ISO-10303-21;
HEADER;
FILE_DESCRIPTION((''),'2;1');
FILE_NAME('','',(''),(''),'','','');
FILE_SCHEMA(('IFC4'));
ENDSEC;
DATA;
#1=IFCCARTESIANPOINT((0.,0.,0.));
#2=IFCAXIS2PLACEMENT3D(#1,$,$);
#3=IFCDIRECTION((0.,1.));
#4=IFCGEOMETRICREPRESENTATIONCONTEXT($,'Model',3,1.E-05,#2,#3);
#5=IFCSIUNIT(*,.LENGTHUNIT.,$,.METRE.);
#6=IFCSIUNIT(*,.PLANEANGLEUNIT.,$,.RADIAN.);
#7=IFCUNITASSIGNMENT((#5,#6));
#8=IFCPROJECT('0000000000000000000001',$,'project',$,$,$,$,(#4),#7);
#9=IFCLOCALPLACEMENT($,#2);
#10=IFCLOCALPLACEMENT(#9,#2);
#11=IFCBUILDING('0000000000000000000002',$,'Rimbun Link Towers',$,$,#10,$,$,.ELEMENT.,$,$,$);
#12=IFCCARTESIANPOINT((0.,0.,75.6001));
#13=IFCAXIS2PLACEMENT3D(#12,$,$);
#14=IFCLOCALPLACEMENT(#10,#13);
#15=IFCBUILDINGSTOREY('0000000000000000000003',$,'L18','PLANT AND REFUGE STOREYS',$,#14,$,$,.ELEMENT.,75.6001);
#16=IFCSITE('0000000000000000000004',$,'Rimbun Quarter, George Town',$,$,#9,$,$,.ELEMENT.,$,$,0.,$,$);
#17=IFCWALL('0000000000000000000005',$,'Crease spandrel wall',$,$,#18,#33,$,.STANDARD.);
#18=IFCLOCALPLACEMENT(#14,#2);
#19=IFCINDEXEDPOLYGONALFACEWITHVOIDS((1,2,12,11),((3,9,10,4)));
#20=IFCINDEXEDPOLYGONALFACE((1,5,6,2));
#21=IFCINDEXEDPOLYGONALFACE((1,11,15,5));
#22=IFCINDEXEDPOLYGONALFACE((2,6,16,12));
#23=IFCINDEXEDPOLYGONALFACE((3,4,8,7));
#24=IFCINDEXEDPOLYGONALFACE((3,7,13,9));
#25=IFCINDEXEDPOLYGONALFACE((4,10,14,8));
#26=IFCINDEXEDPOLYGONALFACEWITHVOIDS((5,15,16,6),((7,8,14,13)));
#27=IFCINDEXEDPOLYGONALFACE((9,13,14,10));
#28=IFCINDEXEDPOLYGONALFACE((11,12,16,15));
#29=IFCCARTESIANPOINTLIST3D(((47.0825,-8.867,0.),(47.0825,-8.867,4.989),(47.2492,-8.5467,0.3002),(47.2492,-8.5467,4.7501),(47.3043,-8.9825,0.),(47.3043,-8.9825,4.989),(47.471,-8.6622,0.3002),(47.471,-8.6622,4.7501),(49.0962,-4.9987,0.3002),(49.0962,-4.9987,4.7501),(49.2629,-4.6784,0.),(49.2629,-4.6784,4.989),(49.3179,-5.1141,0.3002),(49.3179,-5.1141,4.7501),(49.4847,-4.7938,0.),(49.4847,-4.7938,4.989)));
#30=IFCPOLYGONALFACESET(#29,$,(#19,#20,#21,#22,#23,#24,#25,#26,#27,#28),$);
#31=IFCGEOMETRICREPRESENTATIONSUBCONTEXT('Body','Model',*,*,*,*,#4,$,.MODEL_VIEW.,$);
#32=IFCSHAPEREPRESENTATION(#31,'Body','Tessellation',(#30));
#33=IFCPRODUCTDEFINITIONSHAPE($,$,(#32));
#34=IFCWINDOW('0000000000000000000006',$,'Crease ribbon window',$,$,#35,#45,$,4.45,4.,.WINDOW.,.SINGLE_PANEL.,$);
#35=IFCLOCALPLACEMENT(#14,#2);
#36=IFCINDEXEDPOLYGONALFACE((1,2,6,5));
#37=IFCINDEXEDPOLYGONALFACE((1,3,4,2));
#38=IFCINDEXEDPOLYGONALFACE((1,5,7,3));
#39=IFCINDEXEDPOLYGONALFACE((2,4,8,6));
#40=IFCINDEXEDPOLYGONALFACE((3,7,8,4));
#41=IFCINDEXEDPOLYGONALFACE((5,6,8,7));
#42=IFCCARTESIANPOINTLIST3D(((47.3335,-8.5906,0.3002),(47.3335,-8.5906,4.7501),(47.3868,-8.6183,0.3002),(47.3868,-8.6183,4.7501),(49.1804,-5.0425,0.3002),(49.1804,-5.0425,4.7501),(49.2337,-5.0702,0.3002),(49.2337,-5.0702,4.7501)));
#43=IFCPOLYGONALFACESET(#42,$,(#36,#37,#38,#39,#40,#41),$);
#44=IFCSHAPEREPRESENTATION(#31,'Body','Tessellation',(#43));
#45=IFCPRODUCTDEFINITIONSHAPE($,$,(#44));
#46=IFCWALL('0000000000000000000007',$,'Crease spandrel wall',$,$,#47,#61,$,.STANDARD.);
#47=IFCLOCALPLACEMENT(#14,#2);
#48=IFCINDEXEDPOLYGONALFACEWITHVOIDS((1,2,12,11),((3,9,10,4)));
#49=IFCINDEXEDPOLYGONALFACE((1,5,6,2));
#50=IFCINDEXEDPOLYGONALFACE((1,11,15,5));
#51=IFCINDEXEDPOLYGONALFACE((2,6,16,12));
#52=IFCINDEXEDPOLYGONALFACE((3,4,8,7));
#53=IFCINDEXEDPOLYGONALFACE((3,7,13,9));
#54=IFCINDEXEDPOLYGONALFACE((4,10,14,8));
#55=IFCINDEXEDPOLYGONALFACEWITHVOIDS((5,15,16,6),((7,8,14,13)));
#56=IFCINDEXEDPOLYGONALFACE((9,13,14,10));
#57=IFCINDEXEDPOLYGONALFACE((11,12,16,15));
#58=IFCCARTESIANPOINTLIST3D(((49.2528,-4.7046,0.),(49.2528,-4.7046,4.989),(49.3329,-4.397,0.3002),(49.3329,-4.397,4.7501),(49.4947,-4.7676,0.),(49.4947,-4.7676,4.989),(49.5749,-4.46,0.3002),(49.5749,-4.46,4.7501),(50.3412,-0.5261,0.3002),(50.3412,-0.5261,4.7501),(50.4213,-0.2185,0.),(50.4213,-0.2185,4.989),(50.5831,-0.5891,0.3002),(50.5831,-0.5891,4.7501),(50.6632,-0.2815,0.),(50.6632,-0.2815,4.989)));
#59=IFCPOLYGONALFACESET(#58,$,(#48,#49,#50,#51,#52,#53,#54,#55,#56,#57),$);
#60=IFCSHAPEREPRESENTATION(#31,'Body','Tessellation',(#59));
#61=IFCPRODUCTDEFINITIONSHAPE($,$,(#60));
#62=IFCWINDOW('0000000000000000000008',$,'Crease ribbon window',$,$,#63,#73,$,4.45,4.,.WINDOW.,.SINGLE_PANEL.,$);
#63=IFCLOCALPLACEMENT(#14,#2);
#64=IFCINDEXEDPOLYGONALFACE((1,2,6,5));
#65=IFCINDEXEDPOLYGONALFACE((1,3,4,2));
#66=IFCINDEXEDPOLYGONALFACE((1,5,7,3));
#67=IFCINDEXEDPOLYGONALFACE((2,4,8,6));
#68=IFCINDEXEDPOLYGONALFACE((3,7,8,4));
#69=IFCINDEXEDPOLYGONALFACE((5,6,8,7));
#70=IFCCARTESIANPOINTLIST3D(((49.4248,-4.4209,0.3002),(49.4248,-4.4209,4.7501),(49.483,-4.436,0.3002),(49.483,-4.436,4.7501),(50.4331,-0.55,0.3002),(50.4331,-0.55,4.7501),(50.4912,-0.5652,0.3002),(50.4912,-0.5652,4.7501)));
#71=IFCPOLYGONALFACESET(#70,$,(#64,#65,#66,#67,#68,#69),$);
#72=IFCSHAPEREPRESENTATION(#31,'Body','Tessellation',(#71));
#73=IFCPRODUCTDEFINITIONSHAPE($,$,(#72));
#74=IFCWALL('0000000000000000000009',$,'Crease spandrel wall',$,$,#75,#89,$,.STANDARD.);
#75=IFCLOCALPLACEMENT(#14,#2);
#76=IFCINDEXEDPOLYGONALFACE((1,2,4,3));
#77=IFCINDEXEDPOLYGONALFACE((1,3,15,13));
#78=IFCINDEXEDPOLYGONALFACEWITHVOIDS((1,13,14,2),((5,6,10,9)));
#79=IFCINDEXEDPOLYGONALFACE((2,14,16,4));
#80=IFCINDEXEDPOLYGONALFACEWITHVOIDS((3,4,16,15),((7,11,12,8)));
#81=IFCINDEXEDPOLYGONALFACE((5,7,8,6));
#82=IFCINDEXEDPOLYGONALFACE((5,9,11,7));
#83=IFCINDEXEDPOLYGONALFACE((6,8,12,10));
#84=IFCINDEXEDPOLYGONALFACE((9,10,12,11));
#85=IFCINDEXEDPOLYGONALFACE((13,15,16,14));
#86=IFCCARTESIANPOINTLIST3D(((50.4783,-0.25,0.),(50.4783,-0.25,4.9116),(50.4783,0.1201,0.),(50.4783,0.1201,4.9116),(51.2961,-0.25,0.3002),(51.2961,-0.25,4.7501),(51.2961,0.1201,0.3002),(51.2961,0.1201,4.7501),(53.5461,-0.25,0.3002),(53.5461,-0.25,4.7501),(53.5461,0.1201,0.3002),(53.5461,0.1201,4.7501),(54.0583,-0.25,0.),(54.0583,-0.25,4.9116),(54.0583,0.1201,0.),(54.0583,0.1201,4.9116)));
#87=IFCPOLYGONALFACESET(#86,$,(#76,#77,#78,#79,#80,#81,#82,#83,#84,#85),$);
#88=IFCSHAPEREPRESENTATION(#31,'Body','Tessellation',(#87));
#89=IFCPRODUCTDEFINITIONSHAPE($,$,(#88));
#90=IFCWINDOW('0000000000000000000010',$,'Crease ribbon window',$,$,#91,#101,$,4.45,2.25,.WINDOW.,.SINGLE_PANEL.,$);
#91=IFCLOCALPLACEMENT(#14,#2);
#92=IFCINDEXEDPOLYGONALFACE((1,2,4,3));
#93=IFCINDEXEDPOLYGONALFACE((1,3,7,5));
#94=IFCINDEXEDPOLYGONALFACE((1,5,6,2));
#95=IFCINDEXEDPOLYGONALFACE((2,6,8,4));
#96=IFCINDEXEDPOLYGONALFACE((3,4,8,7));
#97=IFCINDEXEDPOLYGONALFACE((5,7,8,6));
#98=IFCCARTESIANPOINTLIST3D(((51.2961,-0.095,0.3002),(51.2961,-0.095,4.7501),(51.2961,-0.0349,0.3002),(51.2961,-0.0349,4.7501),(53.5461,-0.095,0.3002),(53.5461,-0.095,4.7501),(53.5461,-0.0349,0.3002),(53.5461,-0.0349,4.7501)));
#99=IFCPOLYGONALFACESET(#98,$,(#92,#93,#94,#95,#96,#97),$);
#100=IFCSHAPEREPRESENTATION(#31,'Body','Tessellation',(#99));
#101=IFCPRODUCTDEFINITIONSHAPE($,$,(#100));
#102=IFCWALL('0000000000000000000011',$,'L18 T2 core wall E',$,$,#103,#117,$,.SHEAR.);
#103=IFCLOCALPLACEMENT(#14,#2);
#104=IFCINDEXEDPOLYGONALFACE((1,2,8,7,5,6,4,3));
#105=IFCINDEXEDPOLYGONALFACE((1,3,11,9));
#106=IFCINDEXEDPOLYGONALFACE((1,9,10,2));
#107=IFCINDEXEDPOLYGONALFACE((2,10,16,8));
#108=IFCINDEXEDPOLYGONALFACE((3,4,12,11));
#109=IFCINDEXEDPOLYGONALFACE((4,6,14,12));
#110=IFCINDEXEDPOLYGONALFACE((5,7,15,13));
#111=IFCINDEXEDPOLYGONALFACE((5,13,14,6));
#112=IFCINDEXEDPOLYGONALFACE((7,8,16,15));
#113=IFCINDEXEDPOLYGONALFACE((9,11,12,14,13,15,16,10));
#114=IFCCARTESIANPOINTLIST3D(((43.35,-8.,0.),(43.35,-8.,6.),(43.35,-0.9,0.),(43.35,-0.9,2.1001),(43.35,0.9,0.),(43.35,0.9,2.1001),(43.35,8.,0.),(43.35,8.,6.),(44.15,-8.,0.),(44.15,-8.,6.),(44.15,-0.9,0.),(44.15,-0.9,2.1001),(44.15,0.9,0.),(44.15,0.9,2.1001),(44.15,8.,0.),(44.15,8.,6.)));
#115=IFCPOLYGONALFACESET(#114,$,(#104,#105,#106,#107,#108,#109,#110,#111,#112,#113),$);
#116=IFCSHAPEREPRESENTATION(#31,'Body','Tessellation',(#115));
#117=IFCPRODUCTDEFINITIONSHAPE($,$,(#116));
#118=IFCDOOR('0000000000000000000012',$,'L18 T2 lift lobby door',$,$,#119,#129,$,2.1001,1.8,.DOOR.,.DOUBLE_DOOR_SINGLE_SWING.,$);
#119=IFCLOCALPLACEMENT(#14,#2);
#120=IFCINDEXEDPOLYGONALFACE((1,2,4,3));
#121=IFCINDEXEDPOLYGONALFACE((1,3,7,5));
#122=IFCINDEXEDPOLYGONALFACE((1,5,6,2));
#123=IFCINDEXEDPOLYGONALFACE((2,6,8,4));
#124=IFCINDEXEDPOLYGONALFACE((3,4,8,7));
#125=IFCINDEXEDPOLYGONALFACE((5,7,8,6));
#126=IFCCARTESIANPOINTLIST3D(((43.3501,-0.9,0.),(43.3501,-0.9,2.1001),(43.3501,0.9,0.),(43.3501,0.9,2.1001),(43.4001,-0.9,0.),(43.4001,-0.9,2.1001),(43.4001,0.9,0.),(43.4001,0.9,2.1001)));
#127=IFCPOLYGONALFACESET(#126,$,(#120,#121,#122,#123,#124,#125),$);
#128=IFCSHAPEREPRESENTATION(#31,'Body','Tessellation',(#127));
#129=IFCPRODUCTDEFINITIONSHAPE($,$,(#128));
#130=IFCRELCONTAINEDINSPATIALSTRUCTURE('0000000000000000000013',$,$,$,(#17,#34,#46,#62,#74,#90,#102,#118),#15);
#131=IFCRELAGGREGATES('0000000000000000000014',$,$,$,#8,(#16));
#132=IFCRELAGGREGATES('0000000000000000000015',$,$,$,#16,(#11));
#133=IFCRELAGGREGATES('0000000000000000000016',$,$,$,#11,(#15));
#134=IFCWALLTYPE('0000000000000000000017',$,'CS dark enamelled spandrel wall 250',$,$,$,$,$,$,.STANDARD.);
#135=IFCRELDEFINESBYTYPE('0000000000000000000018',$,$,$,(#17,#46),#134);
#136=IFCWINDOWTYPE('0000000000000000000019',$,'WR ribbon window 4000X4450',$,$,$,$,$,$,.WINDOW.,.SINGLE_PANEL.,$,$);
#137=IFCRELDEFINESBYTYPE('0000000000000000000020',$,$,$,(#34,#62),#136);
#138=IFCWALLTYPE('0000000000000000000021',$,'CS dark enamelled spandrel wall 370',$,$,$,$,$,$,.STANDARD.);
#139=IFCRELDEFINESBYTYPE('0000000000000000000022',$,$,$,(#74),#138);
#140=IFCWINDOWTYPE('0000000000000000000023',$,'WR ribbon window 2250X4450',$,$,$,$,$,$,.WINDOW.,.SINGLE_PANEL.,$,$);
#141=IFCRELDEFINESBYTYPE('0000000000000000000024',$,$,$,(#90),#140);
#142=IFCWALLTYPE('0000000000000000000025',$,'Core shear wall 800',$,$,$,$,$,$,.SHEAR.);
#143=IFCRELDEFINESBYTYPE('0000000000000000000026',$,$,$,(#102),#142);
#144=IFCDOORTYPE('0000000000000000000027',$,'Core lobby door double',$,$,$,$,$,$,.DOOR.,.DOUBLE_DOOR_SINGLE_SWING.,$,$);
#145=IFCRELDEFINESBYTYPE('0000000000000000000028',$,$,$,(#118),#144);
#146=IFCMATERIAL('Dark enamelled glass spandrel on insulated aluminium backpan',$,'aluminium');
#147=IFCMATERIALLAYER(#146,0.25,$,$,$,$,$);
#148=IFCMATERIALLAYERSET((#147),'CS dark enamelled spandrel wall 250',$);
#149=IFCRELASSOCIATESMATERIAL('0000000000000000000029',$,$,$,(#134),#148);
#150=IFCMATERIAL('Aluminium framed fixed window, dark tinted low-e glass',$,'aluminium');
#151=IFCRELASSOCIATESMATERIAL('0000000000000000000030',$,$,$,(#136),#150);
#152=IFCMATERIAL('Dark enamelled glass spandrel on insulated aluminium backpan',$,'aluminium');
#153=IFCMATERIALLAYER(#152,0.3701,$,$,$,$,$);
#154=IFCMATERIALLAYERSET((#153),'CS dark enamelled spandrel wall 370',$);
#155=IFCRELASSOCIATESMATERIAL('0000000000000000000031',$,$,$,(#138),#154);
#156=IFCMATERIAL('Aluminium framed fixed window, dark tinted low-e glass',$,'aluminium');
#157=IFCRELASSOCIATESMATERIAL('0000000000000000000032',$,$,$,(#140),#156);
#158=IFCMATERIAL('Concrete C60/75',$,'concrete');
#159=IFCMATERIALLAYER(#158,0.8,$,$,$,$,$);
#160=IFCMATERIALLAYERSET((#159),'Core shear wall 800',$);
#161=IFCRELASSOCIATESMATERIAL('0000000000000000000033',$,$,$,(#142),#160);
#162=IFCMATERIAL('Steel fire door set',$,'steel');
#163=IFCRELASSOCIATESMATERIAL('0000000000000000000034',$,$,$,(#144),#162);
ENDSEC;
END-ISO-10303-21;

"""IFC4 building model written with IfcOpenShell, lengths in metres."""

from ifc_helpers import new_model, si_unit, direction, frame, frame_2d, origin, place, context, subcontext, project, spatial, rectangle, extrude, material, layer, layer_set, type_object, element, fill, save


model = new_model("IFC4")

# Units and contexts
model_context = context("Model", 3, precision=1e-05, world=origin(), true_north=direction((0.0, 1.0)))
body_context = subcontext(model_context, "Body", "Model", "MODEL_VIEW")
ifc_project = project(units=[si_unit("LENGTHUNIT", "METRE"), si_unit("PLANEANGLEUNIT", "RADIAN")], contexts=[model_context])

# Site, building, storey
site_placement = place(None, origin())
site = spatial("IfcSite", under=ifc_project, at=site_placement, Name="Rimbun Quarter, George Town", CompositionType="ELEMENT", RefElevation=0.0)
building_placement = place(site_placement, origin())
building = spatial("IfcBuilding", under=site, at=building_placement, Name="Rimbun Link Towers", CompositionType="ELEMENT")
storey_placement = place(building_placement, frame((0.0, 0.0, 75.6001)))
storey = spatial("IfcBuildingStorey", under=building, at=storey_placement, Name="L18", Description="PLANT AND REFUGE STOREYS", CompositionType="ELEMENT", Elevation=75.6001)

# Walls, openings, windows
ifc_material_1 = material(Name="Dark enamelled glass spandrel on insulated aluminium backpan", Category="aluminium")
ifc_layer_1 = layer(ifc_material_1, 0.25)
ifc_layer_set_1 = layer_set([ifc_layer_1], Name="CS dark enamelled spandrel wall 250")
wall_type_1 = type_object("IfcWallType", Name="CS dark enamelled spandrel wall 250", PredefinedType="STANDARD", material=ifc_layer_set_1)
wall_1_placement = place(storey_placement, frame((49.3738, -4.7361, 0.0), z_axis=(0.0, 0.0, 1.0), x_axis=(-0.461734, -0.887019, 0.0)))
wall_1 = element("IfcWall", 1, at=wall_1_placement, inside=storey, type_object=wall_type_1, Name="Crease spandrel wall", PredefinedType="STANDARD", context=body_context, shape_type="SweptSolid", body=[
    extrude(rectangle(XDim=4.7222, YDim=0.25, at=frame_2d((2.3611, 0.0))), origin(), (0.0, 0.0, 1.0), 4.989),
])
opening_1_placement = place(wall_1_placement, frame((0.3611, 0.0, 0.3)))
opening_1 = element("IfcOpeningElement", 2, at=opening_1_placement, cuts=wall_1, PredefinedType="OPENING", context=body_context, shape_type="SweptSolid", body=[
    extrude(rectangle(XDim=4.0, YDim=4.45, at=frame_2d((2.0, 2.2251))), frame((0.0, 0.135, 0.0), z_axis=(0.0, -1.0, 0.0), x_axis=(1.0, 0.0, 0.0)), (0.0, 0.0, 1.0), 0.27),
])
ifc_material_2 = material(Name="Aluminium framed fixed window, dark tinted low-e glass", Category="aluminium")
window_type_1 = type_object("IfcWindowType", Name="WR ribbon window 4000X4450", PartitioningType="SINGLE_PANEL", PredefinedType="WINDOW", material=ifc_material_2)
window_1_placement = place(opening_1_placement, origin())
window_1 = element("IfcWindow", 3, at=window_1_placement, inside=storey, type_object=window_type_1, Name="Crease ribbon window", OverallHeight=4.45, OverallWidth=4.0, PartitioningType="SINGLE_PANEL", PredefinedType="WINDOW", context=body_context, shape_type="SweptSolid", body=[
    extrude(rectangle(XDim=4.0, YDim=4.45, at=frame_2d((2.0, 2.2251))), frame((0.0, 0.03, 0.0), z_axis=(0.0, -1.0, 0.0), x_axis=(1.0, 0.0, 0.0)), (0.0, 0.0, 1.0), 0.0601),
])
fill(opening_1, window_1)
wall_2_placement = place(storey_placement, frame((50.5422, -0.25, 0.0), z_axis=(0.0, 0.0, 1.0), x_axis=(-0.252053, -0.967713, 0.0)))
wall_2 = element("IfcWall", 4, at=wall_2_placement, inside=storey, type_object=wall_type_1, Name="Crease spandrel wall", PredefinedType="STANDARD", context=body_context, shape_type="SweptSolid", body=[
    extrude(rectangle(XDim=4.6357, YDim=0.25, at=frame_2d((2.3179, 0.0))), origin(), (0.0, 0.0, 1.0), 4.989),
])
opening_2_placement = place(wall_2_placement, frame((0.3179, 0.0, 0.3)))
opening_2 = element("IfcOpeningElement", 5, at=opening_2_placement, cuts=wall_2, PredefinedType="OPENING", context=body_context, shape_type="SweptSolid", body=[
    extrude(rectangle(XDim=4.0, YDim=4.45, at=frame_2d((2.0, 2.2251))), frame((0.0, 0.135, 0.0), z_axis=(0.0, -1.0, 0.0), x_axis=(1.0, 0.0, 0.0)), (0.0, 0.0, 1.0), 0.27),
])
window_2_placement = place(opening_2_placement, origin())
window_2 = element("IfcWindow", 6, at=window_2_placement, inside=storey, type_object=window_type_1, Name="Crease ribbon window", OverallHeight=4.45, OverallWidth=4.0, PartitioningType="SINGLE_PANEL", PredefinedType="WINDOW", context=body_context, shape_type="SweptSolid", body=[
    extrude(rectangle(XDim=4.0, YDim=4.45, at=frame_2d((2.0, 2.2251))), frame((0.0, 0.03, 0.0), z_axis=(0.0, -1.0, 0.0), x_axis=(1.0, 0.0, 0.0)), (0.0, 0.0, 1.0), 0.0601),
])
fill(opening_2, window_2)
ifc_material_3 = material(Name="Dark enamelled glass spandrel on insulated aluminium backpan", Category="aluminium")
ifc_layer_2 = layer(ifc_material_3, 0.3701)
ifc_layer_set_2 = layer_set([ifc_layer_2], Name="CS dark enamelled spandrel wall 370")
wall_type_2 = type_object("IfcWallType", Name="CS dark enamelled spandrel wall 370", PredefinedType="STANDARD", material=ifc_layer_set_2)
wall_3_placement = place(storey_placement, frame((54.0583, -0.0649, 0.0), z_axis=(0.0, 0.0, 1.0), x_axis=(-1.0, 0.0, 0.0)))
wall_3 = element("IfcWall", 7, at=wall_3_placement, inside=storey, type_object=wall_type_2, Name="Crease spandrel wall", PredefinedType="STANDARD", context=body_context, shape_type="SweptSolid", body=[
    extrude(rectangle(XDim=3.5801, YDim=0.3701, at=frame_2d((1.79, 0.0))), origin(), (0.0, 0.0, 1.0), 4.9116),
])
opening_3_placement = place(wall_3_placement, frame((0.5122, 0.0, 0.3)))
opening_3 = element("IfcOpeningElement", 8, at=opening_3_placement, cuts=wall_3, PredefinedType="OPENING", context=body_context, shape_type="SweptSolid", body=[
    extrude(rectangle(XDim=2.25, YDim=4.45, at=frame_2d((1.125, 2.2251))), frame((0.0, 0.1951, 0.0), z_axis=(0.0, -1.0, 0.0), x_axis=(1.0, 0.0, 0.0)), (0.0, 0.0, 1.0), 0.3901),
])
ifc_material_4 = material(Name="Aluminium framed fixed window, dark tinted low-e glass", Category="aluminium")
window_type_2 = type_object("IfcWindowType", Name="WR ribbon window 2250X4450", PartitioningType="SINGLE_PANEL", PredefinedType="WINDOW", material=ifc_material_4)
window_3_placement = place(opening_3_placement, origin())
window_3 = element("IfcWindow", 9, at=window_3_placement, inside=storey, type_object=window_type_2, Name="Crease ribbon window", OverallHeight=4.45, OverallWidth=2.25, PartitioningType="SINGLE_PANEL", PredefinedType="WINDOW", context=body_context, shape_type="SweptSolid", body=[
    extrude(rectangle(XDim=2.25, YDim=4.45, at=frame_2d((1.125, 2.2251))), frame((0.0, 0.03, 0.0), z_axis=(0.0, -1.0, 0.0), x_axis=(1.0, 0.0, 0.0)), (0.0, 0.0, 1.0), 0.0601),
])
fill(opening_3, window_3)

# Wall, opening, door
ifc_material_5 = material(Name="Concrete C60/75", Category="concrete")
ifc_layer_3 = layer(ifc_material_5, 0.8)
ifc_layer_set_3 = layer_set([ifc_layer_3], Name="Core shear wall 800")
wall_type_3 = type_object("IfcWallType", Name="Core shear wall 800", PredefinedType="SHEAR", material=ifc_layer_set_3)
wall_4_placement = place(storey_placement, frame((43.75, -8.0, 0.0), z_axis=(0.0, 0.0, 1.0), x_axis=(0.0, 1.0, 0.0)))
wall_4 = element("IfcWall", 10, at=wall_4_placement, inside=storey, type_object=wall_type_3, Name="L18 T2 core wall E", PredefinedType="SHEAR", context=body_context, shape_type="SweptSolid", body=[
    extrude(rectangle(XDim=16.0, YDim=0.8, at=frame_2d((8.0, 0.0))), origin(), (0.0, 0.0, 1.0), 6.0),
])
opening_4_placement = place(wall_4_placement, frame((7.1001, 0.0, 0.0)))
opening_4 = element("IfcOpeningElement", 11, at=opening_4_placement, cuts=wall_4, PredefinedType="OPENING", context=body_context, shape_type="SweptSolid", body=[
    extrude(rectangle(XDim=1.8, YDim=2.1001, at=frame_2d((0.8999, 1.05))), frame((0.0, 0.4099, 0.0), z_axis=(0.0, -1.0, 0.0), x_axis=(1.0, 0.0, 0.0)), (0.0, 0.0, 1.0), 0.8201),
])
ifc_material_6 = material(Name="Steel fire door set", Category="steel")
door_type = type_object("IfcDoorType", Name="Core lobby door double", OperationType="DOUBLE_DOOR_SINGLE_SWING", PredefinedType="DOOR", material=ifc_material_6)
door_placement = place(opening_4_placement, origin())
door = element("IfcDoor", 12, at=door_placement, inside=storey, type_object=door_type, Name="L18 T2 lift lobby door", OperationType="DOUBLE_DOOR_SINGLE_SWING", OverallHeight=2.1001, OverallWidth=1.8, PredefinedType="DOOR", context=body_context, shape_type="SweptSolid", body=[
    extrude(rectangle(XDim=1.8, YDim=2.1001, at=frame_2d((0.8999, 1.05))), frame((0.0, 0.3999, 0.0), z_axis=(0.0, -1.0, 0.0), x_axis=(1.0, 0.0, 0.0)), (0.0, 0.0, 1.0), 0.05),
])
fill(opening_4, door)

save(model, "model.ifc")
